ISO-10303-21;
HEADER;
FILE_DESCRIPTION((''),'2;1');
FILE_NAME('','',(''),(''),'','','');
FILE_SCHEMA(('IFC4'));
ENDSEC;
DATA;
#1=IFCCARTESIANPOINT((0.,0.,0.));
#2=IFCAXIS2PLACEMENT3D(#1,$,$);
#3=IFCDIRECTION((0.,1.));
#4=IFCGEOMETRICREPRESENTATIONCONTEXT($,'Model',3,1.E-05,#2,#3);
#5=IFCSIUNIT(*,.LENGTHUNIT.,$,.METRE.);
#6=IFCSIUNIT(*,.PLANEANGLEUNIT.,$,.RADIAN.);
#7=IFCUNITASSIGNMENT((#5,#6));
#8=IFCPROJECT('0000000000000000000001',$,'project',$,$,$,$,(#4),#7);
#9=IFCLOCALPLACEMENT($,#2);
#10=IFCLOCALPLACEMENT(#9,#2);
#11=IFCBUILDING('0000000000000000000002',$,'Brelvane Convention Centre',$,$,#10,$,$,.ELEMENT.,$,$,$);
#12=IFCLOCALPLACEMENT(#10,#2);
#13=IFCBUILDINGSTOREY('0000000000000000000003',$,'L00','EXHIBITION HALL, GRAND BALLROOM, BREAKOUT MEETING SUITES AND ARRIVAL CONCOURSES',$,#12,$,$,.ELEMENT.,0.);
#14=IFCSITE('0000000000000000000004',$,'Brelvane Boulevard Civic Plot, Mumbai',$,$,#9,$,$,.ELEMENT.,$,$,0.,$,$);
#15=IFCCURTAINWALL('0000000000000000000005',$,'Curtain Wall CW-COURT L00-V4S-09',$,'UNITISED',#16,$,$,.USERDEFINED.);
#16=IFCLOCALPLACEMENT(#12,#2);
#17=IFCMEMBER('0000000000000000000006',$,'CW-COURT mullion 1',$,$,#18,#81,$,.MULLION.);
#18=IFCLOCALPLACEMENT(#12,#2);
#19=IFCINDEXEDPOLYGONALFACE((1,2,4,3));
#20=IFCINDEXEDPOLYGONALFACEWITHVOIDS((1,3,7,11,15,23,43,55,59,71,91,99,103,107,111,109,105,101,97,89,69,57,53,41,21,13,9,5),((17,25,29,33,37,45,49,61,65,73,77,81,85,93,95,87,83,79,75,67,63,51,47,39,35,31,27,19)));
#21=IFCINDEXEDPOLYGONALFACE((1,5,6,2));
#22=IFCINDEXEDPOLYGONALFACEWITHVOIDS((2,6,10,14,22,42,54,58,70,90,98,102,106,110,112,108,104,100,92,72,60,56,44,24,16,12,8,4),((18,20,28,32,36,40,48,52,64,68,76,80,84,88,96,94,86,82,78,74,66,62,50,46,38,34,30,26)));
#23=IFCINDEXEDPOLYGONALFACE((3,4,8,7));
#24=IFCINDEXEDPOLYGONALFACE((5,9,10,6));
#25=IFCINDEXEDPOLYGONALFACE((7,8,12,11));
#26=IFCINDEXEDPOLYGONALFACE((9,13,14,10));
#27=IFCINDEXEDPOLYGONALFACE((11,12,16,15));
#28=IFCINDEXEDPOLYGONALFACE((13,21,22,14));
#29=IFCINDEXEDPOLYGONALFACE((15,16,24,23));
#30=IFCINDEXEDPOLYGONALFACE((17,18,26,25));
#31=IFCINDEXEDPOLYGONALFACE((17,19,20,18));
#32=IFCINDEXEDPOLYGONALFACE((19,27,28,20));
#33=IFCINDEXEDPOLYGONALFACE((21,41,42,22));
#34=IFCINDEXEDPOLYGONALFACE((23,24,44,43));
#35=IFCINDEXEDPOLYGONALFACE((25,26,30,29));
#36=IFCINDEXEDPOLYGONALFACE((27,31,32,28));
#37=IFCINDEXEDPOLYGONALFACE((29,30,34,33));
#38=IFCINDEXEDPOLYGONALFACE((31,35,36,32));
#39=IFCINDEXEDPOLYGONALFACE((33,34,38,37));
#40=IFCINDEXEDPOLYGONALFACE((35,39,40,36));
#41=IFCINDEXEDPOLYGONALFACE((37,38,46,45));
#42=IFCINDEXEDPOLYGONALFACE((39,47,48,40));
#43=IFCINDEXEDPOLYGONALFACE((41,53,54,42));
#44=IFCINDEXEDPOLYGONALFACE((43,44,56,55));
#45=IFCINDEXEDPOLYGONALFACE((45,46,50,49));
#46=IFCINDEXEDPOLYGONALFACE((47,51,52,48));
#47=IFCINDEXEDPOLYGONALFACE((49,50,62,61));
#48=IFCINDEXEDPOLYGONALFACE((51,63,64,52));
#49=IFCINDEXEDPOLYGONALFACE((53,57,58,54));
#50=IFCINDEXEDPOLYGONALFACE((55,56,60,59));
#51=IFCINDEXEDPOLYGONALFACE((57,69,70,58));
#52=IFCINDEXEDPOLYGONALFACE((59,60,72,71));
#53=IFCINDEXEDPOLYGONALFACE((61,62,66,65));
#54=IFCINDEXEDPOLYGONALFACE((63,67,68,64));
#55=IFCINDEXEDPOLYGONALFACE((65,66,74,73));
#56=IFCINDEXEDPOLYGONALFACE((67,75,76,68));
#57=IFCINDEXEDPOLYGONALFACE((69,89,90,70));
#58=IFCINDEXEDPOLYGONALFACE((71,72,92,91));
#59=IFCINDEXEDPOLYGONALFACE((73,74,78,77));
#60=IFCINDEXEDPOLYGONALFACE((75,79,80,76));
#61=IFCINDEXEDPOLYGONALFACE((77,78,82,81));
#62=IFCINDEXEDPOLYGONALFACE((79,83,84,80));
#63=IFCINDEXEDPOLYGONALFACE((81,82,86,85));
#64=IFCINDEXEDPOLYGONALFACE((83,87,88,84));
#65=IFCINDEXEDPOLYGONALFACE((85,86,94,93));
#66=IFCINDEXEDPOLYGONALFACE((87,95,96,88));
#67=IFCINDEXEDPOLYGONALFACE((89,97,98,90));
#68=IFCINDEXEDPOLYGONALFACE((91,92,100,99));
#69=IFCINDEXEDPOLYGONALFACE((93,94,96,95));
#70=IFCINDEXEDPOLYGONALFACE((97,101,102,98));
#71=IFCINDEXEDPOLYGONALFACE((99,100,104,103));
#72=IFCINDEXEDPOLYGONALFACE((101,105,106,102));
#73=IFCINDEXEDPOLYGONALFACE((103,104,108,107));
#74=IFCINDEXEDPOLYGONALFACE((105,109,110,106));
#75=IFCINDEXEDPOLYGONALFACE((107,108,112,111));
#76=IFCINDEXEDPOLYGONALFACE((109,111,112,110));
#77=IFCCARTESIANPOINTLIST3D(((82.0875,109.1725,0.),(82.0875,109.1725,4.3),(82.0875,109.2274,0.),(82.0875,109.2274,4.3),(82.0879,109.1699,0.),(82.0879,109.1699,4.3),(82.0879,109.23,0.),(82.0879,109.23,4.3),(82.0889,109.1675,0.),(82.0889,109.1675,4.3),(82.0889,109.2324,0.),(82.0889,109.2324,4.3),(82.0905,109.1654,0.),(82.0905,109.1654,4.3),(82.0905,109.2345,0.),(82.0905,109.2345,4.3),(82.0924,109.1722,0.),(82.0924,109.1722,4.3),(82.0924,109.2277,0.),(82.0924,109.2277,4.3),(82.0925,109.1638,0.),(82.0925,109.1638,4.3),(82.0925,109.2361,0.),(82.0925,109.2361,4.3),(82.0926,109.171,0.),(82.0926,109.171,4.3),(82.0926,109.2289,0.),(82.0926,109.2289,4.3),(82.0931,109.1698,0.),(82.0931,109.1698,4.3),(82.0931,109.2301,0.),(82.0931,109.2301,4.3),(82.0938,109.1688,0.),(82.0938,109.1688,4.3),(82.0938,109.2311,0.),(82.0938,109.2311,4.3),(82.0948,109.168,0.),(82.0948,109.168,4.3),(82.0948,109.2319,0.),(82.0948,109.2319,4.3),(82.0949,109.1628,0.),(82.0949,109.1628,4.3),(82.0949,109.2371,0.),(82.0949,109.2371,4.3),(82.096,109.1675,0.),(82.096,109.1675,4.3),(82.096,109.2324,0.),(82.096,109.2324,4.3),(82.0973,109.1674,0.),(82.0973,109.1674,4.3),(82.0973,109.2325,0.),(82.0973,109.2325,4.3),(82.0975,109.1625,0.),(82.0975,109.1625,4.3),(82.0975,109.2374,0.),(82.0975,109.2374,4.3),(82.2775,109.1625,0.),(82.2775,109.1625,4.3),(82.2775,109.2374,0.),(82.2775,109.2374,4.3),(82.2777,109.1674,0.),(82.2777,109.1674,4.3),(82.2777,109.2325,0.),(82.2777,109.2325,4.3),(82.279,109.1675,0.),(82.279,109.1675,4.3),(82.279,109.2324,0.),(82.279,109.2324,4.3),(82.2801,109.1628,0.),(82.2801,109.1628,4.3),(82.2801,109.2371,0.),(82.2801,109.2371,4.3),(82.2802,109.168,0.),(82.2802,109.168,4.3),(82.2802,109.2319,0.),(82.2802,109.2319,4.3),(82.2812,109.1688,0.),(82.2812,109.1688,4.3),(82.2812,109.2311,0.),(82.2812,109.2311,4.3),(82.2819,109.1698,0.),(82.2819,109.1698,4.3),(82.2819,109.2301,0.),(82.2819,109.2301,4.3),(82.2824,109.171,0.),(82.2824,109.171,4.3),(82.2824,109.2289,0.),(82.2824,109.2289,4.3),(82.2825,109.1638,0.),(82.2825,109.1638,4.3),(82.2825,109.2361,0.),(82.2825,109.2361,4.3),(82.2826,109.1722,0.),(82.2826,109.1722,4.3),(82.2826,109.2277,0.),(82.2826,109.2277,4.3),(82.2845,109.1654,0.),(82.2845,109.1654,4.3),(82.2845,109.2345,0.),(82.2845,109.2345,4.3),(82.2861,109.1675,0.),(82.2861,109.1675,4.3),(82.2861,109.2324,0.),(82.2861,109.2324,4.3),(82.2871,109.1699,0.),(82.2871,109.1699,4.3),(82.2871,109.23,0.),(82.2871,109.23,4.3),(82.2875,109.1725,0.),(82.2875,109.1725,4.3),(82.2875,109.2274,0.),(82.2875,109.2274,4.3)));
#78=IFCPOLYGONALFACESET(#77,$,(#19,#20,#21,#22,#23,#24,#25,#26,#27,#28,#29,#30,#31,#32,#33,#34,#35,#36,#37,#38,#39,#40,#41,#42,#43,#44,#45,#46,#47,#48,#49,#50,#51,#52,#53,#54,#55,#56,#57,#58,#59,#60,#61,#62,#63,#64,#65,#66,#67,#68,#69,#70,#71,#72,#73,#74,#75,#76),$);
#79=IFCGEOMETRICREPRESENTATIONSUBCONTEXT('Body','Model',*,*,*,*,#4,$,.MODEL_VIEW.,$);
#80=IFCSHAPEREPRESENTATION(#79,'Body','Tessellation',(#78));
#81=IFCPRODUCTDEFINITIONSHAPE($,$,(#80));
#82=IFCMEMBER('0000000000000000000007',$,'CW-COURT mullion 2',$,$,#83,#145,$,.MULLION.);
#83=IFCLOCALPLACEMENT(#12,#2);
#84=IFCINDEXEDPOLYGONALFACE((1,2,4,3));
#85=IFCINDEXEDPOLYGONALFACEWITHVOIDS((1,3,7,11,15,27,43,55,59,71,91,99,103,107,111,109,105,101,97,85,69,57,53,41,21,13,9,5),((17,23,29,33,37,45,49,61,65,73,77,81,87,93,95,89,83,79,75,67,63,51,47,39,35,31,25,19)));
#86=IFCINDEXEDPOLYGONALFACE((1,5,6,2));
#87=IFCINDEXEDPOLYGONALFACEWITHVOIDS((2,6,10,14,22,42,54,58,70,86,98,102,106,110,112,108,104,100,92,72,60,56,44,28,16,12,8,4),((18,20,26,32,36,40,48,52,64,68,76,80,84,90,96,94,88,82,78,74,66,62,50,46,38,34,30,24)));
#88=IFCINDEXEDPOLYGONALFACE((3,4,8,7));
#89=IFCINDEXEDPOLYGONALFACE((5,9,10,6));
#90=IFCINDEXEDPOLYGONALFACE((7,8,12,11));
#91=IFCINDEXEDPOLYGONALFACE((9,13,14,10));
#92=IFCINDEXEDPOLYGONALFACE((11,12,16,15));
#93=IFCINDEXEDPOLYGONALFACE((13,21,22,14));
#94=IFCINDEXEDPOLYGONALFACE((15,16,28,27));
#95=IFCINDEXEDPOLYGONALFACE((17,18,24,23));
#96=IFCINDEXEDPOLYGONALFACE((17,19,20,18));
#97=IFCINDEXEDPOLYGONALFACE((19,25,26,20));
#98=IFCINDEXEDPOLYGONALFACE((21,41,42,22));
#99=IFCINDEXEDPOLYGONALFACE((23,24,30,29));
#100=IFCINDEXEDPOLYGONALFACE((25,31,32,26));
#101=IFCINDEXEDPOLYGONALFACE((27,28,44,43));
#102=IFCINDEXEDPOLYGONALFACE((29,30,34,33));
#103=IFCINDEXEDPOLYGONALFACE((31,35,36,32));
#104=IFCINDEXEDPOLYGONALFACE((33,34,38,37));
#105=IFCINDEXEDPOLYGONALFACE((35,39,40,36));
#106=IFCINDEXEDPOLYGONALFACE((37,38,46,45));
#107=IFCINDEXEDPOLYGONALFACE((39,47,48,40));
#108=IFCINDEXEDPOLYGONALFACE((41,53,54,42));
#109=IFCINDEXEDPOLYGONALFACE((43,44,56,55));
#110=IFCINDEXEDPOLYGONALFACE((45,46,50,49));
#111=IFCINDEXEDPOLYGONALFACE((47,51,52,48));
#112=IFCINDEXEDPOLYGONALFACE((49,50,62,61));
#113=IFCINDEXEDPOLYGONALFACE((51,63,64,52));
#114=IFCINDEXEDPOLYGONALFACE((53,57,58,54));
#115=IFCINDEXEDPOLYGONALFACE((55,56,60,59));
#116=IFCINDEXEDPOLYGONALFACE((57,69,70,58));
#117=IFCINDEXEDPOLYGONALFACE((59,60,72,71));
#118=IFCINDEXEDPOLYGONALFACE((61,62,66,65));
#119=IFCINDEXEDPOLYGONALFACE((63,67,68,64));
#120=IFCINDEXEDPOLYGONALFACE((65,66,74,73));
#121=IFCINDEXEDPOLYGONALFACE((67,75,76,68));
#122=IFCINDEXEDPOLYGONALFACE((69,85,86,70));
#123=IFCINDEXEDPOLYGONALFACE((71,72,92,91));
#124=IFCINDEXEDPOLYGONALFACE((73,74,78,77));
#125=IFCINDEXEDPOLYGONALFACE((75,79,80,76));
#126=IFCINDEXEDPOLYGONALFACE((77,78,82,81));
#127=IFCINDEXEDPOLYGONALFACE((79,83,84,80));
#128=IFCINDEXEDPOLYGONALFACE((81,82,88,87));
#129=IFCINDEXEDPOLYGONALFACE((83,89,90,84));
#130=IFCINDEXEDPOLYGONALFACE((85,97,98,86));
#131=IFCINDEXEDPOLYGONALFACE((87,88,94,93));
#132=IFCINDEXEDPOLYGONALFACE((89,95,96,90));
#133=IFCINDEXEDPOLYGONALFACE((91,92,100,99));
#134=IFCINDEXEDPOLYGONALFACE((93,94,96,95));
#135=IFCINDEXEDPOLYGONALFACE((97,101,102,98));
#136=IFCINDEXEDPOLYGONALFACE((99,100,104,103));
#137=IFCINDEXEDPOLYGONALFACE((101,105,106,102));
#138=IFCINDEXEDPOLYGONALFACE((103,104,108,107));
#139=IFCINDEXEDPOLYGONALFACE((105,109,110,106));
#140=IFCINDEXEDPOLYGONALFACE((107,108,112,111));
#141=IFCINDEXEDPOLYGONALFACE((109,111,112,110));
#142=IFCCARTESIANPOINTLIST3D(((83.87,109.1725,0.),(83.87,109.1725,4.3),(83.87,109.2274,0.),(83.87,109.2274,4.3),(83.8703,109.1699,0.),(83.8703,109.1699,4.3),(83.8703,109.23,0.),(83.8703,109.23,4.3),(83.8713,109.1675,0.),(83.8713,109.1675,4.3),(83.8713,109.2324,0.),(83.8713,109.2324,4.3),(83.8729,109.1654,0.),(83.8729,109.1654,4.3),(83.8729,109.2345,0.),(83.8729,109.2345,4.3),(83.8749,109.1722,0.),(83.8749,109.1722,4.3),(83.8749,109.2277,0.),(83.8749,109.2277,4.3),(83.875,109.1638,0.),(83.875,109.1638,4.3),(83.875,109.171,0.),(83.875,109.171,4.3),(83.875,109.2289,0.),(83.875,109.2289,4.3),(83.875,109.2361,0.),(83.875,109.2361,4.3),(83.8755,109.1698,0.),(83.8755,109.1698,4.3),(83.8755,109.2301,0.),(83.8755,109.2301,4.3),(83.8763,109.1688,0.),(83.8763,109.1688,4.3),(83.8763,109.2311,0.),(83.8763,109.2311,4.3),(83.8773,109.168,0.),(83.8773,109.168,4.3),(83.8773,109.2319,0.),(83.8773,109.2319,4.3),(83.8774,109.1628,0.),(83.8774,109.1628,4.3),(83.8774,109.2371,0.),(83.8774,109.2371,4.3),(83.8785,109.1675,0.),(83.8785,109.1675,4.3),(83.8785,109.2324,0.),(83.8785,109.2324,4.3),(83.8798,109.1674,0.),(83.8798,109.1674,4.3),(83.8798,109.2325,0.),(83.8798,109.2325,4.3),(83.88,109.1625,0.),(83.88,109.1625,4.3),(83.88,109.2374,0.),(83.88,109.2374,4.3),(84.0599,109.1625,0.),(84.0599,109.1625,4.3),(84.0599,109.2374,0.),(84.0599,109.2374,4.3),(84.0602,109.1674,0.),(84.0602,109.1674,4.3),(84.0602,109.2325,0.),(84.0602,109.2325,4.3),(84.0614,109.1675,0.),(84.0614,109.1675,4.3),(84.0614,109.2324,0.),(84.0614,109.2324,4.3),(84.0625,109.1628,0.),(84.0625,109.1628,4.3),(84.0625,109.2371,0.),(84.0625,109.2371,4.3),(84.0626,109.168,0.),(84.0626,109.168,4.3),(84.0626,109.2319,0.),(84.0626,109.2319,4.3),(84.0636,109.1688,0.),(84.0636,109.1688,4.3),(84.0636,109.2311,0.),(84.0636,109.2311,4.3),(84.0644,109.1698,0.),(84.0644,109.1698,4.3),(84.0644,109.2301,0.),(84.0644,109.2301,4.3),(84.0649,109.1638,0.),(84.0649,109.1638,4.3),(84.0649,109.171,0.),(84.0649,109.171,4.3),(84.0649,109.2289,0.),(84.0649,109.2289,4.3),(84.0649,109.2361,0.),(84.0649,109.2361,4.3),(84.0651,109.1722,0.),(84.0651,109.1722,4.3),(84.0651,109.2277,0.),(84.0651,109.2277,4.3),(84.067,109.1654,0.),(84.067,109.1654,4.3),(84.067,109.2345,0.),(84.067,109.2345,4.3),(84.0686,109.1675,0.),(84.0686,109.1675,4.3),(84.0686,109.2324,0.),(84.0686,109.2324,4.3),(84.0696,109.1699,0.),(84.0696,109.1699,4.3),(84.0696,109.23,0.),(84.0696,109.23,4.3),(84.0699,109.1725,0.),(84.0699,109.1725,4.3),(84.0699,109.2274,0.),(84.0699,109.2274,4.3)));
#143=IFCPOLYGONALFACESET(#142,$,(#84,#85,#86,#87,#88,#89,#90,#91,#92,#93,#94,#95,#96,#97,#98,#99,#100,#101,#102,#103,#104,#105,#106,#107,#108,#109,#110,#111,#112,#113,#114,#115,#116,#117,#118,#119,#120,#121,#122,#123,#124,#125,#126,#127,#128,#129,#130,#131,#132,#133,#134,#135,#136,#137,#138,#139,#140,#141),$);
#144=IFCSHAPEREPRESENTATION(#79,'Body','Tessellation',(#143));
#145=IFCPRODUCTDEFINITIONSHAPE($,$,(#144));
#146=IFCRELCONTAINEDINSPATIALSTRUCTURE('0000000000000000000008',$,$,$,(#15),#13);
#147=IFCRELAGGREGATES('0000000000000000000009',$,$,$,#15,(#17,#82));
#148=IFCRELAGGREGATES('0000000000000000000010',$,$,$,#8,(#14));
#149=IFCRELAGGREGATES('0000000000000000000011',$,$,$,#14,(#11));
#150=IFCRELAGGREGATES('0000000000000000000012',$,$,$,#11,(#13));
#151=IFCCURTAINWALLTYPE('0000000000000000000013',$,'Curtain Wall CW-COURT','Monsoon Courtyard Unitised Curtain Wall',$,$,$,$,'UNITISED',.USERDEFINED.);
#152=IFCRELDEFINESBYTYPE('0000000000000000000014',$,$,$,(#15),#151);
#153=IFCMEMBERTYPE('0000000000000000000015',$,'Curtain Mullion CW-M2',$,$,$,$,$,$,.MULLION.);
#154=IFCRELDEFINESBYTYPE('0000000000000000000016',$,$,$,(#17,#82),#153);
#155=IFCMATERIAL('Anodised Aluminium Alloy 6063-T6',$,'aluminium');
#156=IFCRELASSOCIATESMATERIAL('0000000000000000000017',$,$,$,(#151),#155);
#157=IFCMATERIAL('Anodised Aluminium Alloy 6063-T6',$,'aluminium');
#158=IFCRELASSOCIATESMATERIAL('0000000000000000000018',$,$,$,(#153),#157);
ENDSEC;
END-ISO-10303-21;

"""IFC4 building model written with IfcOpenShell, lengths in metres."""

from ifc_helpers import new_model, si_unit, direction, frame, origin, origin_2d, place, context, subcontext, project, spatial, hollow_rectangle, extrude, material, material_profile, profile_set, type_object, element, aggregate, save


model = new_model("IFC4")

# Units and contexts
model_context = context("Model", 3, precision=1e-05, world=origin(), true_north=direction((0.0, 1.0)))
body_context = subcontext(model_context, "Body", "Model", "MODEL_VIEW")
ifc_project = project(units=[si_unit("LENGTHUNIT", "METRE"), si_unit("PLANEANGLEUNIT", "RADIAN")], contexts=[model_context])

# Site, building, storey
site_placement = place(None, origin())
site = spatial("IfcSite", under=ifc_project, at=site_placement, Name="Brelvane Boulevard Civic Plot, Mumbai", CompositionType="ELEMENT", RefElevation=0.0)
building_placement = place(site_placement, origin())
building = spatial("IfcBuilding", under=site, at=building_placement, Name="Brelvane Convention Centre", CompositionType="ELEMENT")
storey_placement = place(building_placement, origin())
storey = spatial("IfcBuildingStorey", under=building, at=storey_placement, Name="L00", Description="EXHIBITION HALL, GRAND BALLROOM, BREAKOUT MEETING SUITES AND ARRIVAL CONCOURSES", CompositionType="ELEMENT", Elevation=0.0)

# Curtain wall, members
ifc_material_1 = material(Name="Anodised Aluminium Alloy 6063-T6", Category="aluminium")
curtain_wall_type = type_object("IfcCurtainWallType", Name="Curtain Wall CW-COURT", Description="Monsoon Courtyard Unitised Curtain Wall", ElementType="UNITISED", PredefinedType="USERDEFINED", material=ifc_material_1)
curtain_wall_placement = place(storey_placement, origin())
curtain_wall = element("IfcCurtainWall", 1, at=curtain_wall_placement, inside=storey, type_object=curtain_wall_type, Name="Curtain Wall CW-COURT L00-V4S-09", ObjectType="UNITISED", PredefinedType="USERDEFINED")
ifc_material_2 = material(Name="Anodised Aluminium Alloy 6063-T6", Category="aluminium")
ifc_material_profile_1 = material_profile(ifc_material_2, hollow_rectangle(XDim=0.075, YDim=0.2, WallThickness=0.0049, InnerFilletRadius=0.0049, OuterFilletRadius=0.01, at=origin_2d()), Name="ALU-M 200x75x5.0")
ifc_profile_set_1 = profile_set([ifc_material_profile_1], Name="Anodised Aluminium Alloy 6063-T6")
member_type_1 = type_object("IfcMemberType", Name="Curtain Mullion CW-M2", PredefinedType="MULLION", material=ifc_profile_set_1)
member_1_placement = place(storey_placement, frame((82.1875, 109.2, 0.0), z_axis=(0.0, 0.0, 1.0), x_axis=(0.0, 1.0, 0.0)))
member_1 = element("IfcMember", 2, at=member_1_placement, type_object=member_type_1, Name="CW-COURT mullion 1", PredefinedType="MULLION", context=body_context, shape_type="SweptSolid", body=[
    extrude(hollow_rectangle(XDim=0.075, YDim=0.2, WallThickness=0.0049, InnerFilletRadius=0.0049, OuterFilletRadius=0.01, at=origin_2d()), origin(), (0.0, 0.0, 1.0), 4.3),
])
member_2_placement = place(storey_placement, frame((83.97, 109.2, 0.0), z_axis=(0.0, 0.0, 1.0), x_axis=(0.0, 1.0, 0.0)))
member_2 = element("IfcMember", 3, at=member_2_placement, type_object=member_type_1, Name="CW-COURT mullion 2", PredefinedType="MULLION", context=body_context, shape_type="SweptSolid", body=[
    extrude(hollow_rectangle(XDim=0.075, YDim=0.2, WallThickness=0.0049, InnerFilletRadius=0.0049, OuterFilletRadius=0.01, at=origin_2d()), origin(), (0.0, 0.0, 1.0), 4.3),
])

aggregate(curtain_wall, [member_1, member_2])

save(model, "model.ifc")
